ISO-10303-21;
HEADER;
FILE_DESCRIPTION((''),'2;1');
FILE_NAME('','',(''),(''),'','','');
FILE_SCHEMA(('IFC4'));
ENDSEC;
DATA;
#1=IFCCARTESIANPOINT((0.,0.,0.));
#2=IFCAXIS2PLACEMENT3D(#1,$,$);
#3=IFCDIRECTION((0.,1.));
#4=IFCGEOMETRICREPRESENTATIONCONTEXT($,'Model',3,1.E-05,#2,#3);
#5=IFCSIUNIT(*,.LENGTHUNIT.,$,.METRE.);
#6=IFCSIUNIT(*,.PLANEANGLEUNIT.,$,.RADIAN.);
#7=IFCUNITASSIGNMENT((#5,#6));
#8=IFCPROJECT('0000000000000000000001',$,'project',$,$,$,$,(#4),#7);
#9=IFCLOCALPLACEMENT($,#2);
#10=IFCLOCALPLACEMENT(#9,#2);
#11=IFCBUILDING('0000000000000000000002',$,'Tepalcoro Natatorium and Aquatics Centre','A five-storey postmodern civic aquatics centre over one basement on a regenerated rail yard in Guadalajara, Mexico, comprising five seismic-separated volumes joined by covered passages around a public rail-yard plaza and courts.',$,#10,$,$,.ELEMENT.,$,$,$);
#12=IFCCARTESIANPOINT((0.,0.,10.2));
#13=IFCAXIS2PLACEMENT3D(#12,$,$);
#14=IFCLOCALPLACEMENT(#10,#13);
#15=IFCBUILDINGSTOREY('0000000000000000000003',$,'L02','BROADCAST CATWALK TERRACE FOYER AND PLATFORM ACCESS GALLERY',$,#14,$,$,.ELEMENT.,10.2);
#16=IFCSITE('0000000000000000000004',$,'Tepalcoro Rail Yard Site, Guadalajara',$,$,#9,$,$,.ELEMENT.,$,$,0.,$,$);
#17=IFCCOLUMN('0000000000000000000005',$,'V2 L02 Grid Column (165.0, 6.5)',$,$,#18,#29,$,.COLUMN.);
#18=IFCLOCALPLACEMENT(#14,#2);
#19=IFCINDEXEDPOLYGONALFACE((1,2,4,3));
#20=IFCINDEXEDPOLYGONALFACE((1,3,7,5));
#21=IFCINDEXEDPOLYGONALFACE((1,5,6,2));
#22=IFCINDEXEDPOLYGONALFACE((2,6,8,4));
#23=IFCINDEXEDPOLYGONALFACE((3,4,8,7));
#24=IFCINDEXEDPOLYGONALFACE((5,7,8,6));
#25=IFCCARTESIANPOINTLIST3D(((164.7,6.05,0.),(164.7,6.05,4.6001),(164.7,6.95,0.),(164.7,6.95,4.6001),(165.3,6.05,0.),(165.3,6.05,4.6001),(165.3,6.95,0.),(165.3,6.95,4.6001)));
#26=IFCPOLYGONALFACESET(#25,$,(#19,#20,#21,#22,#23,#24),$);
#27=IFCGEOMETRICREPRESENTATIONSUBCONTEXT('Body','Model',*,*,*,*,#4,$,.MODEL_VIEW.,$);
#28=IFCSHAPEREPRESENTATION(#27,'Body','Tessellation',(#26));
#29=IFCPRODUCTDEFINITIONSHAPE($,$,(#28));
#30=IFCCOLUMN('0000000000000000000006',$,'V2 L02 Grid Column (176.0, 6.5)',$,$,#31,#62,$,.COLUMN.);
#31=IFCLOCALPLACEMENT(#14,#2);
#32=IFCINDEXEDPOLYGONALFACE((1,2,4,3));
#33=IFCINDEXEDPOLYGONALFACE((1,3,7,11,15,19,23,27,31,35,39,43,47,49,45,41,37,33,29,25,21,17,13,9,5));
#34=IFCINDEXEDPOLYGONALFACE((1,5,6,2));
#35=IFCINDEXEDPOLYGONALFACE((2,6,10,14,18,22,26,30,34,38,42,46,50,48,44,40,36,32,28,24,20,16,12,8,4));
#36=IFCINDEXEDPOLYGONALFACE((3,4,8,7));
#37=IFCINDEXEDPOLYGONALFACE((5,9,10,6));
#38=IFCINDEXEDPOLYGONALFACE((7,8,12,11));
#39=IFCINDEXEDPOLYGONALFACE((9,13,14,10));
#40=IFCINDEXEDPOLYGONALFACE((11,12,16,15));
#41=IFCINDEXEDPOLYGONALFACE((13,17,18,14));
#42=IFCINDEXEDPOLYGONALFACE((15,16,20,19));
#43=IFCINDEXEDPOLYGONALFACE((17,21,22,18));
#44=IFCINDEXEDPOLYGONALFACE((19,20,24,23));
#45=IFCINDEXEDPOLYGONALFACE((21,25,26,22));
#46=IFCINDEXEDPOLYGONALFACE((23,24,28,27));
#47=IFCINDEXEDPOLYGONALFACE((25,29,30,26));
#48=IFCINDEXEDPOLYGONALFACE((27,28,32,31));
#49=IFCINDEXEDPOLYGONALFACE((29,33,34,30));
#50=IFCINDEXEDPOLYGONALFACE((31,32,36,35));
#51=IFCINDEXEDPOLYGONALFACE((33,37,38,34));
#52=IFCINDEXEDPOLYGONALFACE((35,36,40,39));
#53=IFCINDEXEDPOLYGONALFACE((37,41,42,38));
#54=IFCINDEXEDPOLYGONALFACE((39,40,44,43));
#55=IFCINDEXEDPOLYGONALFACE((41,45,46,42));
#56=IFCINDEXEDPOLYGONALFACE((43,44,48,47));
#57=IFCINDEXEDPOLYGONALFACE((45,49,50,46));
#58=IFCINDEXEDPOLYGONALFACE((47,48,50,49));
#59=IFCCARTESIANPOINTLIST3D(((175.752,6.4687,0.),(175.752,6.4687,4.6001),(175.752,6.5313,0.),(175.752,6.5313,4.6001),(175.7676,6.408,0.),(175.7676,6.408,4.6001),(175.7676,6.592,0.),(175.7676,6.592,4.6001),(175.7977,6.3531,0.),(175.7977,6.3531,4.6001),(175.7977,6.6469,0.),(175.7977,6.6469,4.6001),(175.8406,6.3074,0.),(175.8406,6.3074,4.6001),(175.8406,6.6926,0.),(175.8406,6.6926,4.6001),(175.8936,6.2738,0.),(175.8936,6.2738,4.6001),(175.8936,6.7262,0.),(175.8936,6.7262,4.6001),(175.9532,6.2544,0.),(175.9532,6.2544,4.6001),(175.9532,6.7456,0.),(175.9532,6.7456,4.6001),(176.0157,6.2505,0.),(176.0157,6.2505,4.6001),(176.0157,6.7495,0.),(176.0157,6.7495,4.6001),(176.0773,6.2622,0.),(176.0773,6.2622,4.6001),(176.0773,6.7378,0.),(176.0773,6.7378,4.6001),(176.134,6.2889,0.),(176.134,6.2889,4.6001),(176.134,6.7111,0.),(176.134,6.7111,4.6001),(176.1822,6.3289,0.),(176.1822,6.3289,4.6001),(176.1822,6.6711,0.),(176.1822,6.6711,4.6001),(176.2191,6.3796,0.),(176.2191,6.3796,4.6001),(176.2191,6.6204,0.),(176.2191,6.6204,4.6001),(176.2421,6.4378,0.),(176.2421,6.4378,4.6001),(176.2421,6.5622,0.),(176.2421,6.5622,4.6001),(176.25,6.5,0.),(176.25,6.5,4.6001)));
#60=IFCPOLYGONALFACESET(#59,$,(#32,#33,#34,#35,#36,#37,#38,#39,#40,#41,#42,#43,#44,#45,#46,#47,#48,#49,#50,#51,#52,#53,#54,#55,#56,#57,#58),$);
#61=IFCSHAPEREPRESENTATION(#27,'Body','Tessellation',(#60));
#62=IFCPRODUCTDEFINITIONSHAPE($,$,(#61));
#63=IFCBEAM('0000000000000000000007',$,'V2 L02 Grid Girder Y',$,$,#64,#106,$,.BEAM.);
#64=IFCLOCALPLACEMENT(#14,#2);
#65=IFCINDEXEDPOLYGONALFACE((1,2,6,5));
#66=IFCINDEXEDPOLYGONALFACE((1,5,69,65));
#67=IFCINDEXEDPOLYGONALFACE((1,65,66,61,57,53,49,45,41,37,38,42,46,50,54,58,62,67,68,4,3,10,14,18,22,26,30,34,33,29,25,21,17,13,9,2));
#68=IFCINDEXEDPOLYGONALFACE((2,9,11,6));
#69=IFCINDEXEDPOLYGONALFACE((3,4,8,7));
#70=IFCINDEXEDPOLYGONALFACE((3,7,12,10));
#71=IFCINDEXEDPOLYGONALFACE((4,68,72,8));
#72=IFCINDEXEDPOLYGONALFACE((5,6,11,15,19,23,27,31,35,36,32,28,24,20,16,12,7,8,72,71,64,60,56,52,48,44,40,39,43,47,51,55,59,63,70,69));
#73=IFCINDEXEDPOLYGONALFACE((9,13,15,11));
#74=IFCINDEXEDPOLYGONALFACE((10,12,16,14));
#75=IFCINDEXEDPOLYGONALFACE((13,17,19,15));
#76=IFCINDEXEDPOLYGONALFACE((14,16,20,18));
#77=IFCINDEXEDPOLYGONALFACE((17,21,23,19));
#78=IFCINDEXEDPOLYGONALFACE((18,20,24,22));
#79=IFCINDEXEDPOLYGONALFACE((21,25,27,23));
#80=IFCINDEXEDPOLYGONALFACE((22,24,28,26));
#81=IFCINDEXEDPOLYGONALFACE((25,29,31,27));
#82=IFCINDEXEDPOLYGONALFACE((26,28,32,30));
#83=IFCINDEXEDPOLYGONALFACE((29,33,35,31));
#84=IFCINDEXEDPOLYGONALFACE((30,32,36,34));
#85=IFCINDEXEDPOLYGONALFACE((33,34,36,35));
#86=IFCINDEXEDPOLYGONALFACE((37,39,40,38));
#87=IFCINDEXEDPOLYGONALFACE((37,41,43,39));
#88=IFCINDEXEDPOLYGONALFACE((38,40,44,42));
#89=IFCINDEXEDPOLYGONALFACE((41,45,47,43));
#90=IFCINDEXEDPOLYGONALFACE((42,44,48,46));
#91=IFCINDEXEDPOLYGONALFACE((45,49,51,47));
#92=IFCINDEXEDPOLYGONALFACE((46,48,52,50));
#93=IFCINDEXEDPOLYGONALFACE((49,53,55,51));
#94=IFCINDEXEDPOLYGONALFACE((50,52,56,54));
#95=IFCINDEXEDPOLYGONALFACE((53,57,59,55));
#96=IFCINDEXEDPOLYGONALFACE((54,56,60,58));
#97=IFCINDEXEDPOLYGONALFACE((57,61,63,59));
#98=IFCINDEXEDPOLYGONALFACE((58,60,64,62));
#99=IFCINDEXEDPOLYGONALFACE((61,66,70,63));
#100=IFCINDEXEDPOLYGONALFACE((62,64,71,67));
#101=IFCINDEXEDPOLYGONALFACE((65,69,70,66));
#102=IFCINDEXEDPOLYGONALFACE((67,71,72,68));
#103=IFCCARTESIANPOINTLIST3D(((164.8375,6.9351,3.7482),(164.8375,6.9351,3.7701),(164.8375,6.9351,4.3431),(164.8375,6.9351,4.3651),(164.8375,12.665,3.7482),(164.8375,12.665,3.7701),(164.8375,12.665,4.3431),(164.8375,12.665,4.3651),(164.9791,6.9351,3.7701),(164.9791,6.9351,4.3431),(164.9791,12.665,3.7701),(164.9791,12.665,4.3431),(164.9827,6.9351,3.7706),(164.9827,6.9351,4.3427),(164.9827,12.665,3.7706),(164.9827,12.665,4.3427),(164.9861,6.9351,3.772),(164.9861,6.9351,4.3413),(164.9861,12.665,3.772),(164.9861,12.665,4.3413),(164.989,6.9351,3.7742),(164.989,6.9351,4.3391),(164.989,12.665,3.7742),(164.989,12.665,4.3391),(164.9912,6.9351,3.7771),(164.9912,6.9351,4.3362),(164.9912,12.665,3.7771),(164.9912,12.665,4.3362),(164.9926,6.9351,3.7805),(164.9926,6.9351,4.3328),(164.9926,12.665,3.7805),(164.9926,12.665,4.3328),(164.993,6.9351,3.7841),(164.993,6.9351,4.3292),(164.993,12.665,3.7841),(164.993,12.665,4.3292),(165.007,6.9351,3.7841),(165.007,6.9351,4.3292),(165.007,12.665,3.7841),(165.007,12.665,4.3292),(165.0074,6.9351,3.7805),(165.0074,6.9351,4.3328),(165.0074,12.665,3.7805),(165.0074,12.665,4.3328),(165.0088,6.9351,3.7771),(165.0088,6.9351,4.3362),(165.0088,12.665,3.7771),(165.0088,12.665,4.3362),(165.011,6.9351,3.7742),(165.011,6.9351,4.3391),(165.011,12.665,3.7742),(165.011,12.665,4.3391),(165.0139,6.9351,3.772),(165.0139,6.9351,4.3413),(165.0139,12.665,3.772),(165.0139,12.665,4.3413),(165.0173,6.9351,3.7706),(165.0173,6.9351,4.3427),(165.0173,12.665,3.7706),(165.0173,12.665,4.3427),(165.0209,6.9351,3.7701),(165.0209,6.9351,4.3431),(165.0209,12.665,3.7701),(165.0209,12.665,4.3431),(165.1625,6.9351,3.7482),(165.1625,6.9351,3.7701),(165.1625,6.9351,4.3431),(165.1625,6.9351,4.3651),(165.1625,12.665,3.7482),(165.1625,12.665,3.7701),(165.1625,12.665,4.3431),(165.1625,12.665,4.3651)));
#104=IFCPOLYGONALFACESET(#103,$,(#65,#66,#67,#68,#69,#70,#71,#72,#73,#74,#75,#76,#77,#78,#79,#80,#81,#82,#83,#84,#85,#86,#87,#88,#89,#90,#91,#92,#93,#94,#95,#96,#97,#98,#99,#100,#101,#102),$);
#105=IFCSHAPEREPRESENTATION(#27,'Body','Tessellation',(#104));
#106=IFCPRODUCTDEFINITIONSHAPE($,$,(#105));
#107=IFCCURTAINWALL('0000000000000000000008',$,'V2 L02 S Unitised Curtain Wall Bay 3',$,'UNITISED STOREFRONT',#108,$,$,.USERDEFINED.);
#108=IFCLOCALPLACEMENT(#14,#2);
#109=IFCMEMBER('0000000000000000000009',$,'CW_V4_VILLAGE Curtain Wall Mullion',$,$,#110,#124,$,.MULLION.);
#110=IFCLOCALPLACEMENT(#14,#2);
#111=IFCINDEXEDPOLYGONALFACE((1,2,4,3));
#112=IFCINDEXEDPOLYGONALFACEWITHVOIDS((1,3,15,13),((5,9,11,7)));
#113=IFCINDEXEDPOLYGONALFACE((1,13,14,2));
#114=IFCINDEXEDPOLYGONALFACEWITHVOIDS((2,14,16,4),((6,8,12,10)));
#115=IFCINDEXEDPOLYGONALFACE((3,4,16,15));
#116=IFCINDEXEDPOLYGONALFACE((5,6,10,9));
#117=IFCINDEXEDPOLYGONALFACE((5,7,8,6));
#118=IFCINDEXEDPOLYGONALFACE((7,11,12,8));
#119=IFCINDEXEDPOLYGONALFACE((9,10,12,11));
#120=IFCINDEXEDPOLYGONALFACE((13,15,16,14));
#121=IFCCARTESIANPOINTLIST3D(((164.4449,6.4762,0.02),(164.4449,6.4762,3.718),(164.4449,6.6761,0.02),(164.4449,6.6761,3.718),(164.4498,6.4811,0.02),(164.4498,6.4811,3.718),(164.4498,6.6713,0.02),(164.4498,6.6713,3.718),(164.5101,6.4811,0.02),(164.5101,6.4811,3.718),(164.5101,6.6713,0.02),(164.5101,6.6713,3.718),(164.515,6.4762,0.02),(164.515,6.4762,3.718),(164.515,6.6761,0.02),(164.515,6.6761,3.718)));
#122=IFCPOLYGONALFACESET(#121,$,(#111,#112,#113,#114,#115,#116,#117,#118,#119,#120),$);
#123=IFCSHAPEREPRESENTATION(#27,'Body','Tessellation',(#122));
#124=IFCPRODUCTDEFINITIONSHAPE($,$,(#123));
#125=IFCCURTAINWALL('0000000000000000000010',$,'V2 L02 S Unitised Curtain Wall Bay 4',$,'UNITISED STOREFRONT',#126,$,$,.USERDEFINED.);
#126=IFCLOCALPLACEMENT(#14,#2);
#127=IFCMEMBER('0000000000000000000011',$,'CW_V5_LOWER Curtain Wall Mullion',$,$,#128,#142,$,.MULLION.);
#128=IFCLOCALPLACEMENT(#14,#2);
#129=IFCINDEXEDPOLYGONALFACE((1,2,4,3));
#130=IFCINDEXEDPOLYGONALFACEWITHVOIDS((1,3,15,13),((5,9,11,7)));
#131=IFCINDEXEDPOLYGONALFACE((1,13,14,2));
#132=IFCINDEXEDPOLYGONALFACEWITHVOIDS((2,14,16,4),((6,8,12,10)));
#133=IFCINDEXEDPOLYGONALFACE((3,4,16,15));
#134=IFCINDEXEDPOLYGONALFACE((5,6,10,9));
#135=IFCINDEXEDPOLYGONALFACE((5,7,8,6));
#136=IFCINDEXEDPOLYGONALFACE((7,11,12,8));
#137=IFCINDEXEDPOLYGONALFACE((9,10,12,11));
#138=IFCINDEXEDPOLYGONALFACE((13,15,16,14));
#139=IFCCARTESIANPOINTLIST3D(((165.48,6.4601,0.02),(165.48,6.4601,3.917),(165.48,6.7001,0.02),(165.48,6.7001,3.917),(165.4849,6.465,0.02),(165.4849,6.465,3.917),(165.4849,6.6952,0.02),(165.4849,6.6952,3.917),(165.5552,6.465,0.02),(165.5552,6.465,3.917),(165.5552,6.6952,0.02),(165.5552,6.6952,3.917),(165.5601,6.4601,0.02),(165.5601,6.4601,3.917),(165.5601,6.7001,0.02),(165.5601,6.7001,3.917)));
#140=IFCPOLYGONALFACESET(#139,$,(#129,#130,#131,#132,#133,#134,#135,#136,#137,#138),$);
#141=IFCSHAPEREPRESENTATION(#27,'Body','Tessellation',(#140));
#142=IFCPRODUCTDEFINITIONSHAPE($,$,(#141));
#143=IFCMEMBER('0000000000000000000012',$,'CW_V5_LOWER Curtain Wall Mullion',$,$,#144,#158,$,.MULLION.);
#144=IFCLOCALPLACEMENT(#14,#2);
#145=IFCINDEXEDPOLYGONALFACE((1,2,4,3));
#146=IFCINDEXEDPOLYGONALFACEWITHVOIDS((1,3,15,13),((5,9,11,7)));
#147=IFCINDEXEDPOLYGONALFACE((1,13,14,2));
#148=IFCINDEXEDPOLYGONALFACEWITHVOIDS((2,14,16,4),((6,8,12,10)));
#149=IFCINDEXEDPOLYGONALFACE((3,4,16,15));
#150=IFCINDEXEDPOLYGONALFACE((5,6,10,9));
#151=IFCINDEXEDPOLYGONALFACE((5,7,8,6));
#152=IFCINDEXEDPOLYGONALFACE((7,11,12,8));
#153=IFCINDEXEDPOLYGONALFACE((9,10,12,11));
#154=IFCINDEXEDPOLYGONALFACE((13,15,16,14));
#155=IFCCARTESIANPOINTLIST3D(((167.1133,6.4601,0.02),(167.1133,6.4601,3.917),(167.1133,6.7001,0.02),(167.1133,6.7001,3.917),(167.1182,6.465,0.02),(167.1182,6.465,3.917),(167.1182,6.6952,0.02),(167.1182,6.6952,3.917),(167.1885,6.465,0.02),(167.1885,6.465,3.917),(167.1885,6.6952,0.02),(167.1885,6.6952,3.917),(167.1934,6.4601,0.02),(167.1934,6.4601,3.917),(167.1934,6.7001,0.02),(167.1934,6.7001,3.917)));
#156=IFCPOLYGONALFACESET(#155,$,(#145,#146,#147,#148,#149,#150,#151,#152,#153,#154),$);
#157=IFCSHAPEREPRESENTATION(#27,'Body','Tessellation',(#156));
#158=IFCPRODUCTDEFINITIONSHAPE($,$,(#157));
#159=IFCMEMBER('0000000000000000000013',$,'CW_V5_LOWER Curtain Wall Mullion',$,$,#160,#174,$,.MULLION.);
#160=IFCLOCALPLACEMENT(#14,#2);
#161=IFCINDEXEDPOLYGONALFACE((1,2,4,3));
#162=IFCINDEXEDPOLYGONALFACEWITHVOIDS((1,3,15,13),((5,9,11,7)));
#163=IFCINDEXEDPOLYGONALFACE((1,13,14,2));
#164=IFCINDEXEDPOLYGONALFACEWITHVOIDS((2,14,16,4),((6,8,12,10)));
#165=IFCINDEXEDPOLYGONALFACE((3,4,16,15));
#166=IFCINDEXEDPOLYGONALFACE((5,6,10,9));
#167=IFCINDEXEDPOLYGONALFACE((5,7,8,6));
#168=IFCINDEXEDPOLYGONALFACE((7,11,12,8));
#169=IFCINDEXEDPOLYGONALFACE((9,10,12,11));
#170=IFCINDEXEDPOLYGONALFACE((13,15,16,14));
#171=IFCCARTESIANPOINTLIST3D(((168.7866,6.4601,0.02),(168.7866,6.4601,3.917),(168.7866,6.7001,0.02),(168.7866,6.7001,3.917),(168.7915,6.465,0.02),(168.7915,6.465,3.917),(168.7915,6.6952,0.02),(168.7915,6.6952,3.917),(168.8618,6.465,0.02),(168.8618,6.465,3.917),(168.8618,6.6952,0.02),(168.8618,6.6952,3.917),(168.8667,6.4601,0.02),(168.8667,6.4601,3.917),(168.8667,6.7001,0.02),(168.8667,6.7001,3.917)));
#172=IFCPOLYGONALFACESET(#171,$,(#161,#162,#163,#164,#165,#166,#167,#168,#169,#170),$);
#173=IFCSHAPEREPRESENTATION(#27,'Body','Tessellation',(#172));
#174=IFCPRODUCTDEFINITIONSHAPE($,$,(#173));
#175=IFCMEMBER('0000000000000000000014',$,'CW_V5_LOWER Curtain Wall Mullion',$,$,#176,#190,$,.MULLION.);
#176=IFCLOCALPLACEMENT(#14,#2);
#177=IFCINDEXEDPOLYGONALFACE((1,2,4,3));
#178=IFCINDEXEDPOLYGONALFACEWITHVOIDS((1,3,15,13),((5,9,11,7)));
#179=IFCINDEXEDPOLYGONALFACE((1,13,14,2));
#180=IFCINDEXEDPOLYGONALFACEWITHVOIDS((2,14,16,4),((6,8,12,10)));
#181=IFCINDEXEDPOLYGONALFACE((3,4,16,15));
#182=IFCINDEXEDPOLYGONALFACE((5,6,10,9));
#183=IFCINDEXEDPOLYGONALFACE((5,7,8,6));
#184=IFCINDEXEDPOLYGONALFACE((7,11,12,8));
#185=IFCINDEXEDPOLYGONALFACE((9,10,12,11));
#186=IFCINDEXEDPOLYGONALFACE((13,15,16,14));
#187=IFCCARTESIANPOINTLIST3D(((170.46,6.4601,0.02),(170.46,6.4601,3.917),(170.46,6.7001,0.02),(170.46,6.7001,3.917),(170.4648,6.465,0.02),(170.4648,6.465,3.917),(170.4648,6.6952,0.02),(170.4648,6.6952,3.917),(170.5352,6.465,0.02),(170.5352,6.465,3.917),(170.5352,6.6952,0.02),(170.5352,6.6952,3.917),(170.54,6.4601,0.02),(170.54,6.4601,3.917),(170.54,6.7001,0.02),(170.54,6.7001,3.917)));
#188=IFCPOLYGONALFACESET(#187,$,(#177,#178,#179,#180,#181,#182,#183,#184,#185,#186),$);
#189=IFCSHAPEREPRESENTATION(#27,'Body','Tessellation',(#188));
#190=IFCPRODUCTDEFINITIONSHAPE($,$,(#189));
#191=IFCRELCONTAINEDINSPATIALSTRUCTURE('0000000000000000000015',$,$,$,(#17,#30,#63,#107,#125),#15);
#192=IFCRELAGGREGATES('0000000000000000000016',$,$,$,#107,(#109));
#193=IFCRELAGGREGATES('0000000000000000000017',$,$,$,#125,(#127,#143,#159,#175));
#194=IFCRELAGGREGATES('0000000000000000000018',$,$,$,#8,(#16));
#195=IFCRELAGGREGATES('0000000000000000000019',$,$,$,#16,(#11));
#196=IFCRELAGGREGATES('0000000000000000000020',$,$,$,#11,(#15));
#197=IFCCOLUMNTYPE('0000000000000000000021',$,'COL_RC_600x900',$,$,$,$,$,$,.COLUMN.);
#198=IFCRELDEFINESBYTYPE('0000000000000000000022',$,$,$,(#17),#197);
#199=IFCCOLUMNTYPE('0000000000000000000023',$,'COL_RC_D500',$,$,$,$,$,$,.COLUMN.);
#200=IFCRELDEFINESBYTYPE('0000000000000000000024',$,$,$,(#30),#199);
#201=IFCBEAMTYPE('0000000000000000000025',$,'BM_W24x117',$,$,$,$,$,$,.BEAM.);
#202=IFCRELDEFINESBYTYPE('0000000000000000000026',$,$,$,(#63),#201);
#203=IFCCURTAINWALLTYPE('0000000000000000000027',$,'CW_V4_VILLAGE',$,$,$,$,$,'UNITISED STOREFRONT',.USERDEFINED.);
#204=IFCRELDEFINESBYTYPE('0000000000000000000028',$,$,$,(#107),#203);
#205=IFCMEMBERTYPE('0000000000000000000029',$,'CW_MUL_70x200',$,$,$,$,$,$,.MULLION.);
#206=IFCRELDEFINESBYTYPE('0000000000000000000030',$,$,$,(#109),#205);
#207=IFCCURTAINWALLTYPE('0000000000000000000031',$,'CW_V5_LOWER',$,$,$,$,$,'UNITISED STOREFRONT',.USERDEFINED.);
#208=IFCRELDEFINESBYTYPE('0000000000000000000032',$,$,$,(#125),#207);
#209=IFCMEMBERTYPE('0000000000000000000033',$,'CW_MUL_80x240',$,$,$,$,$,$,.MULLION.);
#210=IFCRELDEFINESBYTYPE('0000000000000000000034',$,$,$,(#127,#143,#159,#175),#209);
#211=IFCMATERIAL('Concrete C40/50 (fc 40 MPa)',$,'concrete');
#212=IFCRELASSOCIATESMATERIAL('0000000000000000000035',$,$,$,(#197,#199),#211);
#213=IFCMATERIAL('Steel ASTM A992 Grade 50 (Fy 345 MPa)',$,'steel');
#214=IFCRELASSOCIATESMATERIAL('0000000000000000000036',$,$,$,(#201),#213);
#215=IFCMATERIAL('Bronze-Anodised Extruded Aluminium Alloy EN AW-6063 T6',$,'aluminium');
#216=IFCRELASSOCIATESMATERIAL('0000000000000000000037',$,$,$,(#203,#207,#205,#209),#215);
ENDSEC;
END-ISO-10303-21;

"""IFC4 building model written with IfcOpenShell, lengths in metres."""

from ifc_helpers import new_model, si_unit, direction, frame, origin, origin_2d, place, context, subcontext, project, spatial, rectangle, hollow_rectangle, circle, i_section, extrude, material, material_profile, profile_set, type_object, element, aggregate, save


model = new_model("IFC4")

# Units and contexts
model_context = context("Model", 3, precision=1e-05, world=origin(), true_north=direction((0.0, 1.0)))
body_context = subcontext(model_context, "Body", "Model", "MODEL_VIEW")
ifc_project = project(units=[si_unit("LENGTHUNIT", "METRE"), si_unit("PLANEANGLEUNIT", "RADIAN")], contexts=[model_context])

# Site, building, storey
site_placement = place(None, origin())
site = spatial("IfcSite", under=ifc_project, at=site_placement, Name="Tepalcoro Rail Yard Site, Guadalajara", CompositionType="ELEMENT", RefElevation=0.0)
building_placement = place(site_placement, origin())
building = spatial("IfcBuilding", under=site, at=building_placement, Name="Tepalcoro Natatorium and Aquatics Centre", Description="A five-storey postmodern civic aquatics centre over one basement on a regenerated rail yard in Guadalajara, Mexico, comprising five seismic-separated volumes joined by covered passages around a public rail-yard plaza and courts.", CompositionType="ELEMENT")
storey_placement = place(building_placement, frame((0.0, 0.0, 10.2)))
storey = spatial("IfcBuildingStorey", under=building, at=storey_placement, Name="L02", Description="BROADCAST CATWALK TERRACE FOYER AND PLATFORM ACCESS GALLERY", CompositionType="ELEMENT", Elevation=10.2)

# Columns
ifc_material_1 = material(Name="Concrete C40/50 (fc 40 MPa)", Category="concrete")
ifc_material_profile_1 = material_profile(ifc_material_1, rectangle(XDim=0.6001, YDim=0.8999, at=origin_2d()), Name="RC600x900")
ifc_profile_set_1 = profile_set([ifc_material_profile_1], Name="Concrete C40/50 (fc 40 MPa)")
column_type_1 = type_object("IfcColumnType", Name="COL_RC_600x900", PredefinedType="COLUMN", material=ifc_profile_set_1)
column_1_placement = place(storey_placement, frame((165.0, 6.5, 0.0), z_axis=(0.0, 0.0, 1.0), x_axis=(1.0, 0.0, 0.0)))
element("IfcColumn", 1, at=column_1_placement, inside=storey, type_object=column_type_1, Name="V2 L02 Grid Column (165.0, 6.5)", PredefinedType="COLUMN", context=body_context, shape_type="SweptSolid", body=[
    extrude(rectangle(XDim=0.6001, YDim=0.8999, at=origin_2d()), origin(), (0.0, 0.0, 1.0), 4.6001),
])
ifc_material_profile_2 = material_profile(ifc_material_1, circle(Radius=0.25, at=origin_2d()), Name="RCD500")
ifc_profile_set_2 = profile_set([ifc_material_profile_2], Name="Concrete C40/50 (fc 40 MPa)")
column_type_2 = type_object("IfcColumnType", Name="COL_RC_D500", PredefinedType="COLUMN", material=ifc_profile_set_2)
column_2_placement = place(storey_placement, frame((176.0, 6.5, 0.0), z_axis=(0.0, 0.0, 1.0), x_axis=(1.0, 0.0, 0.0)))
element("IfcColumn", 2, at=column_2_placement, inside=storey, type_object=column_type_2, Name="V2 L02 Grid Column (176.0, 6.5)", PredefinedType="COLUMN", context=body_context, shape_type="SweptSolid", body=[
    extrude(circle(Radius=0.25, at=origin_2d()), origin(), (0.0, 0.0, 1.0), 4.6001),
])

# Beam
ifc_material_2 = material(Name="Steel ASTM A992 Grade 50 (Fy 345 MPa)", Category="steel")
ifc_material_profile_3 = material_profile(ifc_material_2, i_section(OverallWidth=0.325, OverallDepth=0.6169, WebThickness=0.0139, FlangeThickness=0.022, FilletRadius=0.0139, at=origin_2d()), Name="W24X117")
ifc_profile_set_3 = profile_set([ifc_material_profile_3], Name="Steel ASTM A992 Grade 50 (Fy 345 MPa)")
beam_type_1 = type_object("IfcBeamType", Name="BM_W24x117", PredefinedType="BEAM", material=ifc_profile_set_3)
beam_1_placement = place(storey_placement, frame((165.0, 6.9351, 4.0566), z_axis=(0.0, 1.0, 0.0), x_axis=(-1.0, 0.0, 0.0)))
element("IfcBeam", 3, at=beam_1_placement, inside=storey, type_object=beam_type_1, Name="V2 L02 Grid Girder Y", PredefinedType="BEAM", context=body_context, shape_type="SweptSolid", body=[
    extrude(i_section(OverallWidth=0.325, OverallDepth=0.6169, WebThickness=0.0139, FlangeThickness=0.022, FilletRadius=0.0139, at=origin_2d()), origin(), (0.0, 0.0, 1.0), 5.73),
])

# Curtain wall, member
ifc_material_3 = material(Name="Bronze-Anodised Extruded Aluminium Alloy EN AW-6063 T6", Category="aluminium")
curtain_wall_type_1 = type_object("IfcCurtainWallType", Name="CW_V4_VILLAGE", ElementType="UNITISED STOREFRONT", PredefinedType="USERDEFINED", material=ifc_material_3)
curtain_wall_1_placement = place(storey_placement, origin())
curtain_wall_1 = element("IfcCurtainWall", 4, at=curtain_wall_1_placement, inside=storey, type_object=curtain_wall_type_1, Name="V2 L02 S Unitised Curtain Wall Bay 3", ObjectType="UNITISED STOREFRONT", PredefinedType="USERDEFINED")
ifc_material_profile_4 = material_profile(ifc_material_3, hollow_rectangle(XDim=0.0701, YDim=0.2, WallThickness=0.0049, at=origin_2d()), Name="AL70X200X5")
ifc_profile_set_4 = profile_set([ifc_material_profile_4], Name="Bronze-Anodised Extruded Aluminium Alloy EN AW-6063 T6")
member_type_1 = type_object("IfcMemberType", Name="CW_MUL_70x200", PredefinedType="MULLION", material=ifc_profile_set_4)
member_1_placement = place(storey_placement, frame((164.48, 6.5762, 0.02), z_axis=(0.0, 0.0, 1.0), x_axis=(1.0, 0.0, 0.0)))
member_1 = element("IfcMember", 5, at=member_1_placement, type_object=member_type_1, Name="CW_V4_VILLAGE Curtain Wall Mullion", PredefinedType="MULLION", context=body_context, shape_type="SweptSolid", body=[
    extrude(hollow_rectangle(XDim=0.0701, YDim=0.2, WallThickness=0.0049, at=origin_2d()), origin(), (0.0, 0.0, 1.0), 3.698),
])

# Curtain wall, members
curtain_wall_type_2 = type_object("IfcCurtainWallType", Name="CW_V5_LOWER", ElementType="UNITISED STOREFRONT", PredefinedType="USERDEFINED", material=ifc_material_3)
curtain_wall_2_placement = place(storey_placement, origin())
curtain_wall_2 = element("IfcCurtainWall", 6, at=curtain_wall_2_placement, inside=storey, type_object=curtain_wall_type_2, Name="V2 L02 S Unitised Curtain Wall Bay 4", ObjectType="UNITISED STOREFRONT", PredefinedType="USERDEFINED")
ifc_material_profile_5 = material_profile(ifc_material_3, hollow_rectangle(XDim=0.0801, YDim=0.24, WallThickness=0.0049, at=origin_2d()), Name="AL80X240X5")
ifc_profile_set_5 = profile_set([ifc_material_profile_5], Name="Bronze-Anodised Extruded Aluminium Alloy EN AW-6063 T6")
member_type_2 = type_object("IfcMemberType", Name="CW_MUL_80x240", PredefinedType="MULLION", material=ifc_profile_set_5)
member_2_placement = place(storey_placement, frame((165.52, 6.5801, 0.02), z_axis=(0.0, 0.0, 1.0), x_axis=(1.0, 0.0, 0.0)))
member_2 = element("IfcMember", 7, at=member_2_placement, type_object=member_type_2, Name="CW_V5_LOWER Curtain Wall Mullion", PredefinedType="MULLION", context=body_context, shape_type="SweptSolid", body=[
    extrude(hollow_rectangle(XDim=0.0801, YDim=0.24, WallThickness=0.0049, at=origin_2d()), origin(), (0.0, 0.0, 1.0), 3.897),
])
member_3_placement = place(storey_placement, frame((167.1533, 6.5801, 0.02), z_axis=(0.0, 0.0, 1.0), x_axis=(1.0, 0.0, 0.0)))
member_3 = element("IfcMember", 8, at=member_3_placement, type_object=member_type_2, Name="CW_V5_LOWER Curtain Wall Mullion", PredefinedType="MULLION", context=body_context, shape_type="SweptSolid", body=[
    extrude(hollow_rectangle(XDim=0.0801, YDim=0.24, WallThickness=0.0049, at=origin_2d()), origin(), (0.0, 0.0, 1.0), 3.897),
])
member_4_placement = place(storey_placement, frame((168.8267, 6.5801, 0.02), z_axis=(0.0, 0.0, 1.0), x_axis=(1.0, 0.0, 0.0)))
member_4 = element("IfcMember", 9, at=member_4_placement, type_object=member_type_2, Name="CW_V5_LOWER Curtain Wall Mullion", PredefinedType="MULLION", context=body_context, shape_type="SweptSolid", body=[
    extrude(hollow_rectangle(XDim=0.0801, YDim=0.24, WallThickness=0.0049, at=origin_2d()), origin(), (0.0, 0.0, 1.0), 3.897),
])
member_5_placement = place(storey_placement, frame((170.5, 6.5801, 0.02), z_axis=(0.0, 0.0, 1.0), x_axis=(1.0, 0.0, 0.0)))
member_5 = element("IfcMember", 10, at=member_5_placement, type_object=member_type_2, Name="CW_V5_LOWER Curtain Wall Mullion", PredefinedType="MULLION", context=body_context, shape_type="SweptSolid", body=[
    extrude(hollow_rectangle(XDim=0.0801, YDim=0.24, WallThickness=0.0049, at=origin_2d()), origin(), (0.0, 0.0, 1.0), 3.897),
])

aggregate(curtain_wall_1, [member_1])
aggregate(curtain_wall_2, [member_2, member_3, member_4, member_5])

save(model, "model.ifc")
